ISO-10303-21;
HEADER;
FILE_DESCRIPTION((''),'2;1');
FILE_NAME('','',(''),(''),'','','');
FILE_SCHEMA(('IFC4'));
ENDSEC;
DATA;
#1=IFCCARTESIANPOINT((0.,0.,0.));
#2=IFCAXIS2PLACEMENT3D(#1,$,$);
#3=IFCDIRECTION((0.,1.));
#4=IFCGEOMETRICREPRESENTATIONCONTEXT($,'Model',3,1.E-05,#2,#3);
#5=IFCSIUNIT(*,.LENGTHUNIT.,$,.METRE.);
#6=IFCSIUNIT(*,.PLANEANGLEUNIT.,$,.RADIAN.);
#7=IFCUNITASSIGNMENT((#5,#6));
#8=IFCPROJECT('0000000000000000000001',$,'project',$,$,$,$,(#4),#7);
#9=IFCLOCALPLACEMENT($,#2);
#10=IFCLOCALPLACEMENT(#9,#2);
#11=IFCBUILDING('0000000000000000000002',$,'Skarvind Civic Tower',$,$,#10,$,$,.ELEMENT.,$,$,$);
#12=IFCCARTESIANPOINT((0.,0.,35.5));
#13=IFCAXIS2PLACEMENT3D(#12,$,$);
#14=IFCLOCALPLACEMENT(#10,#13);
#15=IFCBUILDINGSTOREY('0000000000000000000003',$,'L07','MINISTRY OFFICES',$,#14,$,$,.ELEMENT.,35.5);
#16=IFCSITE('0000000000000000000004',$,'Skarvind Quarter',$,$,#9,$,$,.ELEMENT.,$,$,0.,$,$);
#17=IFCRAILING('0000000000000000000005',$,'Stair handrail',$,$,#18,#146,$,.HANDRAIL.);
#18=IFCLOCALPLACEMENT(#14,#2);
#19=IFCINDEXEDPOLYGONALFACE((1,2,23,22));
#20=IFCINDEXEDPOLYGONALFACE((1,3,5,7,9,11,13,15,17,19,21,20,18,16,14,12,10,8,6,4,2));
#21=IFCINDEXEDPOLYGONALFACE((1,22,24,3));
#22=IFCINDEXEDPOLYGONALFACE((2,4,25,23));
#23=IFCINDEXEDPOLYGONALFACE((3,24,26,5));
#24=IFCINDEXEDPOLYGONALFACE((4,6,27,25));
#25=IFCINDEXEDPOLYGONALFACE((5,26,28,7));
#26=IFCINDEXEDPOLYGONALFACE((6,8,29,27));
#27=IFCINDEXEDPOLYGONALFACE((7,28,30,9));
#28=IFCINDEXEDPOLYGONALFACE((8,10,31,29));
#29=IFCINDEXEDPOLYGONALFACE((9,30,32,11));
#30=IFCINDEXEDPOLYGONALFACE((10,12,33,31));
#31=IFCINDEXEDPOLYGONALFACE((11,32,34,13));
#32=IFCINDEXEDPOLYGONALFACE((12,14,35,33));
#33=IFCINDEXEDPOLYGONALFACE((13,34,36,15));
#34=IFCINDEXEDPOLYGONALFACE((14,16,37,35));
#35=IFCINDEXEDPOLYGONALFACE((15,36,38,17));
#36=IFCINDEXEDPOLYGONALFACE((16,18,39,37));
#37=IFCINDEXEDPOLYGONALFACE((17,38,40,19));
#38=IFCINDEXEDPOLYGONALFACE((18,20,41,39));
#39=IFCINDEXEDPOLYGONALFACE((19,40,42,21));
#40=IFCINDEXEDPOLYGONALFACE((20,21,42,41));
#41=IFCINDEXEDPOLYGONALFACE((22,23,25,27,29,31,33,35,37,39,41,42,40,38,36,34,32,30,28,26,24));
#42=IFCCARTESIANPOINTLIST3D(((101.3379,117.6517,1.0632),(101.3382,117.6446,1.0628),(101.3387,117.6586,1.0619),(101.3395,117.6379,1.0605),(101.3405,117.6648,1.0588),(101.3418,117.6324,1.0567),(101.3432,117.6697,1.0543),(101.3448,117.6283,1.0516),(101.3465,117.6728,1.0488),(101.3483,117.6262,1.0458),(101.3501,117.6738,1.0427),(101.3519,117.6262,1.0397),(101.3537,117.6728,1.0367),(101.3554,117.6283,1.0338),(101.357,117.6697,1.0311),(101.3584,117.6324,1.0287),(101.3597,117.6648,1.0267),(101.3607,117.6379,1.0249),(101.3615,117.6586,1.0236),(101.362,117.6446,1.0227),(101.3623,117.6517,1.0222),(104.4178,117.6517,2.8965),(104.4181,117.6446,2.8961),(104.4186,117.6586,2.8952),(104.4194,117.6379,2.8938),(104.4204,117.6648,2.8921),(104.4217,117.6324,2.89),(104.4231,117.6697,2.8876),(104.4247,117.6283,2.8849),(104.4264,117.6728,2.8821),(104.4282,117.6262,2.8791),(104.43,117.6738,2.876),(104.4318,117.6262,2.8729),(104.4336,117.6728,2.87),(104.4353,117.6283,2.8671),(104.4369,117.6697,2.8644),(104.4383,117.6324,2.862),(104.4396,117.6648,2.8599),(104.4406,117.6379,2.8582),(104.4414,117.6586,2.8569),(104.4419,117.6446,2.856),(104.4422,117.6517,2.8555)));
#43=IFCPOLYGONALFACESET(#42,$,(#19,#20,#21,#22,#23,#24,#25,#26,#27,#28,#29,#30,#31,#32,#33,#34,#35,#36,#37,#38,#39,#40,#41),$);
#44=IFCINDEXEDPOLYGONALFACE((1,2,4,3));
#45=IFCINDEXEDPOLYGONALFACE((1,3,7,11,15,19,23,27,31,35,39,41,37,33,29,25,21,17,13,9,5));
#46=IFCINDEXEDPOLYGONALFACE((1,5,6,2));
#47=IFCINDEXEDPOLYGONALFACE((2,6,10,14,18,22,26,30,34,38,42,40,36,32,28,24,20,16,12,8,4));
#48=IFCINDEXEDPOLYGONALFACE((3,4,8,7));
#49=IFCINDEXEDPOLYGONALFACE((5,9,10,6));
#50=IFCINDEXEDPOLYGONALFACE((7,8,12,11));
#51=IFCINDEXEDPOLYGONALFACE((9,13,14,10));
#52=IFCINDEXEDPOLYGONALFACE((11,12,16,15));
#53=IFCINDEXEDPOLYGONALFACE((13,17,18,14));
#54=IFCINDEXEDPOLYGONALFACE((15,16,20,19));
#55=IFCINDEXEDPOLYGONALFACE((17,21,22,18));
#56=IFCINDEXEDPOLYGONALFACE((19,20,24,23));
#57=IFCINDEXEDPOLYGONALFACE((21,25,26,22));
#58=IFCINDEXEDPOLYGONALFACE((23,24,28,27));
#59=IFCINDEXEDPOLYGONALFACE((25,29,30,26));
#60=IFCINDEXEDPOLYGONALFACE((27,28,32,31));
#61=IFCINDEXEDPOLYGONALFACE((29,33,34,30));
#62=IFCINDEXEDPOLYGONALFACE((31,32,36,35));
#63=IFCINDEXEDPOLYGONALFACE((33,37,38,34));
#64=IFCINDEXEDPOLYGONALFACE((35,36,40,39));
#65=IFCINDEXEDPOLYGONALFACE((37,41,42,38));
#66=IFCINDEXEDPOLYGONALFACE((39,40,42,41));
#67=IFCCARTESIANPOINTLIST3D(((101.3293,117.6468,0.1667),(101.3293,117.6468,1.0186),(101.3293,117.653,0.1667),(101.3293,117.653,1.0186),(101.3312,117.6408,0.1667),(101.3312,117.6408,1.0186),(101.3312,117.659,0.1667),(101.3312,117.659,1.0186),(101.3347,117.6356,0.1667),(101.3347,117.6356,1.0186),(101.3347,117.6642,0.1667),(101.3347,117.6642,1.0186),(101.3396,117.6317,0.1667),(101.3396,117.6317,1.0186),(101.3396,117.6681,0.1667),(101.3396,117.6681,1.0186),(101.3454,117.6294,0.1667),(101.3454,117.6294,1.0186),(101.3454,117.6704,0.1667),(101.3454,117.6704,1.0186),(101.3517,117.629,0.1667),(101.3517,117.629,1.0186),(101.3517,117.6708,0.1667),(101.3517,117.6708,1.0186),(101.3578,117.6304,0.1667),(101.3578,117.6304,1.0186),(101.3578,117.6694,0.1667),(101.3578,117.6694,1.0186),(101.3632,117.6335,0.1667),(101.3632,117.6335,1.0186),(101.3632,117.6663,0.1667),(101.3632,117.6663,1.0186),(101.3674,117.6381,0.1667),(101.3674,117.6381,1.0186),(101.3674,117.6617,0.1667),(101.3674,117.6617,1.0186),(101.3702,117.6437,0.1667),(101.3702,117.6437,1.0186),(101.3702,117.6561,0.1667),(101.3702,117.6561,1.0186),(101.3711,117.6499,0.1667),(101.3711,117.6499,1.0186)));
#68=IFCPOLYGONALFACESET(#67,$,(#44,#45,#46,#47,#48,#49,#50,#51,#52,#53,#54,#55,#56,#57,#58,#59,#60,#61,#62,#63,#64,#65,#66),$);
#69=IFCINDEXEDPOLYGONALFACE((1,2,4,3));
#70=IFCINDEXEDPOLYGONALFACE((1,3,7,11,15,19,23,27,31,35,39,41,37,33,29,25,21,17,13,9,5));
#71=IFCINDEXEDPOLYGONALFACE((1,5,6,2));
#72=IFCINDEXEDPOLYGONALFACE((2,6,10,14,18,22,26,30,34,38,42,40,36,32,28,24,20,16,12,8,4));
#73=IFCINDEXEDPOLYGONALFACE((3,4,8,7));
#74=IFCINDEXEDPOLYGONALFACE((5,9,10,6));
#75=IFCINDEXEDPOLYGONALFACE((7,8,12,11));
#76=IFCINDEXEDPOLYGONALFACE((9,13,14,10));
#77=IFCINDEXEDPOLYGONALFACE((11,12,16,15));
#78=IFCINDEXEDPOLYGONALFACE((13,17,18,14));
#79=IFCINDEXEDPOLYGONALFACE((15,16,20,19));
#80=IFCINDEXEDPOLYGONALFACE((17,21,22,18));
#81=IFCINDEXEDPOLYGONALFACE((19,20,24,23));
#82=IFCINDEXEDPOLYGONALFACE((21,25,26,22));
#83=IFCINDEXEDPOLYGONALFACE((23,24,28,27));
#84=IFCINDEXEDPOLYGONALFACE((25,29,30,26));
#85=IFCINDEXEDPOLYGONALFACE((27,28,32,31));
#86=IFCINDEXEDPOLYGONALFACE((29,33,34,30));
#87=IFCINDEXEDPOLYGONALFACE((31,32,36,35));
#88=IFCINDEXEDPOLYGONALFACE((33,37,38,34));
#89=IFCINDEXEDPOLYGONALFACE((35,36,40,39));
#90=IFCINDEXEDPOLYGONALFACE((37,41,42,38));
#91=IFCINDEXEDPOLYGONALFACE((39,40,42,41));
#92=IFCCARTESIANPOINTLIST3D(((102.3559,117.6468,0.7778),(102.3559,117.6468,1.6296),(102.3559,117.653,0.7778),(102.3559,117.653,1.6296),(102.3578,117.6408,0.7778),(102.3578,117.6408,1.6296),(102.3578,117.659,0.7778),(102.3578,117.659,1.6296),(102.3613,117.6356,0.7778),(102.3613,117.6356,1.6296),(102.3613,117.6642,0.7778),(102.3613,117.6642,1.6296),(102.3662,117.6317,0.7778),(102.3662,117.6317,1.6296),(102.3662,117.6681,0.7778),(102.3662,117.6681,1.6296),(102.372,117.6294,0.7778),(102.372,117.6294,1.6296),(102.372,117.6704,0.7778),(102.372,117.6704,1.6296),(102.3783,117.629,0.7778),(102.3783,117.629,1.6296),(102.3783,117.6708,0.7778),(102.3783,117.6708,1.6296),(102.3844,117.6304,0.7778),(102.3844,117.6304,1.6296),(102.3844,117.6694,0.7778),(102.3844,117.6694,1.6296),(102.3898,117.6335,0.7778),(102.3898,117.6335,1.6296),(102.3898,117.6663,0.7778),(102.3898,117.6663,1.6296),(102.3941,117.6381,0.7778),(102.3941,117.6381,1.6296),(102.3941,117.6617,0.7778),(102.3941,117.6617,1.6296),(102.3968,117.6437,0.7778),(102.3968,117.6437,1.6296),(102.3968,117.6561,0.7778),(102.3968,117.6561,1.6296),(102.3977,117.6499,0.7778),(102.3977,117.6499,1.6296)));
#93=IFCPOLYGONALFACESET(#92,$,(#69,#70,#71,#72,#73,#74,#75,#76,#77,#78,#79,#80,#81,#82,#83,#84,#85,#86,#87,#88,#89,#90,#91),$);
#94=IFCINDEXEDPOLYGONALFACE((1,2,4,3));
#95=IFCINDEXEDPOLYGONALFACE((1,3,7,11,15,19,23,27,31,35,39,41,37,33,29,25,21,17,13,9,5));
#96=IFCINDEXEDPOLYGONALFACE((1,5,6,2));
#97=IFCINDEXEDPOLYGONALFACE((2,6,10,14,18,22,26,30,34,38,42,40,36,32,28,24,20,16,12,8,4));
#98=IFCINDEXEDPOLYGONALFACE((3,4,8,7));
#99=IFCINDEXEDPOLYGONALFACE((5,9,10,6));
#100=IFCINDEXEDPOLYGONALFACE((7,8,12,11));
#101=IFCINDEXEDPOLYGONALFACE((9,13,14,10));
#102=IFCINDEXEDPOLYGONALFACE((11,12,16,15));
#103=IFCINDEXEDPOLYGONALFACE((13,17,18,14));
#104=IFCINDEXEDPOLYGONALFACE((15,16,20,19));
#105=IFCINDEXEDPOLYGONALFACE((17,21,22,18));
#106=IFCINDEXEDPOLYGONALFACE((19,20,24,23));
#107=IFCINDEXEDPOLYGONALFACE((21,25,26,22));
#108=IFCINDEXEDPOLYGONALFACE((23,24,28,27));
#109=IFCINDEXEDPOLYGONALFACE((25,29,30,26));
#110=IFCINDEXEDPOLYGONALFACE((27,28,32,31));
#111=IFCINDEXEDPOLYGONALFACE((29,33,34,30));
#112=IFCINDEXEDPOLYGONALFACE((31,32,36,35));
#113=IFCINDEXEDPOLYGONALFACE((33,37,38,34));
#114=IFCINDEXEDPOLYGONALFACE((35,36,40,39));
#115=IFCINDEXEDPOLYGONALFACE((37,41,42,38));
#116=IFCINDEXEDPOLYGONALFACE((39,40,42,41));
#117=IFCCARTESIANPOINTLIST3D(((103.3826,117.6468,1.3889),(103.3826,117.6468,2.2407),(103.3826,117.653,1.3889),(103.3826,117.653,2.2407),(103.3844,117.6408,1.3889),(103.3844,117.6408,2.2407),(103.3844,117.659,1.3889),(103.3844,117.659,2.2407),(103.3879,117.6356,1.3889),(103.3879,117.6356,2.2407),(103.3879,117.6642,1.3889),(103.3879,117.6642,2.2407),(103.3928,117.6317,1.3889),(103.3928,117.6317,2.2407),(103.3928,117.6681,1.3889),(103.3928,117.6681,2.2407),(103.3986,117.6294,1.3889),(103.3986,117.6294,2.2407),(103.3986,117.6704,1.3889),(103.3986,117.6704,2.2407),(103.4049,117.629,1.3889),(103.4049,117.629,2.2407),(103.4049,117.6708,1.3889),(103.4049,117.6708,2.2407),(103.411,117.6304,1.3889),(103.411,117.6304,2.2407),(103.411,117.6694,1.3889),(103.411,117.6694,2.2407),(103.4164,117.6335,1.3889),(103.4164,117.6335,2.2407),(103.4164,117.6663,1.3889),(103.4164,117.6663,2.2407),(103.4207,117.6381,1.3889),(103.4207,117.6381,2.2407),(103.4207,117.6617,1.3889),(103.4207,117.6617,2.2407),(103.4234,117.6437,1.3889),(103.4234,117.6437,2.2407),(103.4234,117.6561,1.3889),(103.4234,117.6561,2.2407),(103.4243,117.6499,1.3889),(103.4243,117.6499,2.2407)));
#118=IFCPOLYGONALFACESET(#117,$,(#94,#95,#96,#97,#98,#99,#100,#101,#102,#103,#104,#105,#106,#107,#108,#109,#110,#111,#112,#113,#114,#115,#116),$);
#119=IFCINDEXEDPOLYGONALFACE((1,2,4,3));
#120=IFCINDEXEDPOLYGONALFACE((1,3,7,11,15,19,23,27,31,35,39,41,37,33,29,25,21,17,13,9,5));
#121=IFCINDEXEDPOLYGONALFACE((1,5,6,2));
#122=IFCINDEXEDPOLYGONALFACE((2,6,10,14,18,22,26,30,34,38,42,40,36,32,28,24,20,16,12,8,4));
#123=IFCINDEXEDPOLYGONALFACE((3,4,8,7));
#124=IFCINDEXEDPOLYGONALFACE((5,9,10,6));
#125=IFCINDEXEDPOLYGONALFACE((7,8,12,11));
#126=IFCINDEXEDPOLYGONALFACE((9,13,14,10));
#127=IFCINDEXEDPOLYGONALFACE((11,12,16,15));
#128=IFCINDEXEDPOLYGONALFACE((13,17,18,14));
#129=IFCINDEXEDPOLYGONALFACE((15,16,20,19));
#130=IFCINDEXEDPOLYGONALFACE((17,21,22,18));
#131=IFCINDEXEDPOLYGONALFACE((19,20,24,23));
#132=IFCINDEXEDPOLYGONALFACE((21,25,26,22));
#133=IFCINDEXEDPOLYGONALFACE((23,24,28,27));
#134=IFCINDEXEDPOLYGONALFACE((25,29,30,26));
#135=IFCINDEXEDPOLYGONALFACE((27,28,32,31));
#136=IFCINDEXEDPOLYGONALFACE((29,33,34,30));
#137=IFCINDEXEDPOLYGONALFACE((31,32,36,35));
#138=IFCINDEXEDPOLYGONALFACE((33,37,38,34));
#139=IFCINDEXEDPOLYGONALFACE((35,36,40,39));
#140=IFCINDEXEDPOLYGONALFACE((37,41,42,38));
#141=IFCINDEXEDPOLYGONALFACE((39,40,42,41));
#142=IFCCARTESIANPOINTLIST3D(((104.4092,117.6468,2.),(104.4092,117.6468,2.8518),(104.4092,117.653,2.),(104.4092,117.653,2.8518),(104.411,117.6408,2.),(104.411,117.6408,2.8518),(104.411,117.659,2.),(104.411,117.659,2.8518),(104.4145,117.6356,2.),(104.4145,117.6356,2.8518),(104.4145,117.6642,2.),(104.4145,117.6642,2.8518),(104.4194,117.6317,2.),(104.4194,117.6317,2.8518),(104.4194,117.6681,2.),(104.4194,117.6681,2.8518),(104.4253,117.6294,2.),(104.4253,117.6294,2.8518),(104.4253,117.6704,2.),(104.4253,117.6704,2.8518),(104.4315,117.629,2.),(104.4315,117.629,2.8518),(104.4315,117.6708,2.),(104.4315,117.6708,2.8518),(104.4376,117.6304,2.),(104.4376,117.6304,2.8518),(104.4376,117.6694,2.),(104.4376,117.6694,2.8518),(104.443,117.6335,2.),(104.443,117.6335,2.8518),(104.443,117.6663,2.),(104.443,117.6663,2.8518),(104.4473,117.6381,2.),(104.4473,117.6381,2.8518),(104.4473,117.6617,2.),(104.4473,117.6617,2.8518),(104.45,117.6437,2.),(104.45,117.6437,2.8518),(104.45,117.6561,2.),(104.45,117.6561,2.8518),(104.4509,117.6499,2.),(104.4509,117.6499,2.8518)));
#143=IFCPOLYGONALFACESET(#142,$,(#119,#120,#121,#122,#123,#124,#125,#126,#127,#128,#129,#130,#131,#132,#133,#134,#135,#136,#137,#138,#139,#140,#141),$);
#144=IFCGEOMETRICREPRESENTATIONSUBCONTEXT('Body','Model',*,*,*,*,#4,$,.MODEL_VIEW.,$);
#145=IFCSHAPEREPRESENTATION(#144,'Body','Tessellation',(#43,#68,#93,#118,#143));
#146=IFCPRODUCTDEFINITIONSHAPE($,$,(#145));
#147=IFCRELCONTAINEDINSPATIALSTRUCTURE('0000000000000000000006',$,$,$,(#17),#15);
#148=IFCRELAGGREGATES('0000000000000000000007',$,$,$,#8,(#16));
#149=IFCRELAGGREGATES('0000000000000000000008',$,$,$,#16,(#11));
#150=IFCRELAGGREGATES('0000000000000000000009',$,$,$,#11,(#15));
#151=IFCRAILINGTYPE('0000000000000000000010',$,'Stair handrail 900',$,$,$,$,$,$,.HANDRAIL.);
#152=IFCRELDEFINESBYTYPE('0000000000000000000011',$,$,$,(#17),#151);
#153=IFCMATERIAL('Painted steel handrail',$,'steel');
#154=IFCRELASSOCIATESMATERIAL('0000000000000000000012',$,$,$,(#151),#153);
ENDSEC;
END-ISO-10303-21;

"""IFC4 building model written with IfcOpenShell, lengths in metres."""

from ifc_helpers import new_model, si_unit, direction, frame, origin, origin_2d, place, context, subcontext, project, spatial, circle, extrude, material, type_object, element, save


model = new_model("IFC4")

# Units and contexts
model_context = context("Model", 3, precision=1e-05, world=origin(), true_north=direction((0.0, 1.0)))
body_context = subcontext(model_context, "Body", "Model", "MODEL_VIEW")
ifc_project = project(units=[si_unit("LENGTHUNIT", "METRE"), si_unit("PLANEANGLEUNIT", "RADIAN")], contexts=[model_context])

# Site, building, storey
site_placement = place(None, origin())
site = spatial("IfcSite", under=ifc_project, at=site_placement, Name="Skarvind Quarter", CompositionType="ELEMENT", RefElevation=0.0)
building_placement = place(site_placement, origin())
building = spatial("IfcBuilding", under=site, at=building_placement, Name="Skarvind Civic Tower", CompositionType="ELEMENT")
storey_placement = place(building_placement, frame((0.0, 0.0, 35.5)))
storey = spatial("IfcBuildingStorey", under=building, at=storey_placement, Name="L07", Description="MINISTRY OFFICES", CompositionType="ELEMENT", Elevation=35.5)

# Railing
ifc_material_1 = material(Name="Painted steel handrail", Category="steel")
railing_type = type_object("IfcRailingType", Name="Stair handrail 900", PredefinedType="HANDRAIL", material=ifc_material_1)
railing_1_placement = place(storey_placement, frame((101.3501, 117.6499, 0.1667)))
element("IfcRailing", 1, at=railing_1_placement, inside=storey, type_object=railing_type, Name="Stair handrail", PredefinedType="HANDRAIL", context=body_context, shape_type="SweptSolid", body=[
    extrude(circle(Radius=0.0239, at=origin_2d()), frame((0.0, 0.0, 0.876), z_axis=(0.859291, 0.0, 0.511487), x_axis=(0.0, 1.0, 0.0)), (0.0, 0.0, 1.0), 3.5842),
    extrude(circle(Radius=0.021, at=origin_2d()), origin(), (0.0, 0.0, 1.0), 0.8518),
    extrude(circle(Radius=0.021, at=origin_2d()), frame((1.0266, 0.0, 0.6111)), (0.0, 0.0, 1.0), 0.8518),
    extrude(circle(Radius=0.021, at=origin_2d()), frame((2.0532, 0.0, 1.2222)), (0.0, 0.0, 1.0), 0.8518),
    extrude(circle(Radius=0.021, at=origin_2d()), frame((3.0798, 0.0, 1.8333)), (0.0, 0.0, 1.0), 0.8518),
])

save(model, "model.ifc")
